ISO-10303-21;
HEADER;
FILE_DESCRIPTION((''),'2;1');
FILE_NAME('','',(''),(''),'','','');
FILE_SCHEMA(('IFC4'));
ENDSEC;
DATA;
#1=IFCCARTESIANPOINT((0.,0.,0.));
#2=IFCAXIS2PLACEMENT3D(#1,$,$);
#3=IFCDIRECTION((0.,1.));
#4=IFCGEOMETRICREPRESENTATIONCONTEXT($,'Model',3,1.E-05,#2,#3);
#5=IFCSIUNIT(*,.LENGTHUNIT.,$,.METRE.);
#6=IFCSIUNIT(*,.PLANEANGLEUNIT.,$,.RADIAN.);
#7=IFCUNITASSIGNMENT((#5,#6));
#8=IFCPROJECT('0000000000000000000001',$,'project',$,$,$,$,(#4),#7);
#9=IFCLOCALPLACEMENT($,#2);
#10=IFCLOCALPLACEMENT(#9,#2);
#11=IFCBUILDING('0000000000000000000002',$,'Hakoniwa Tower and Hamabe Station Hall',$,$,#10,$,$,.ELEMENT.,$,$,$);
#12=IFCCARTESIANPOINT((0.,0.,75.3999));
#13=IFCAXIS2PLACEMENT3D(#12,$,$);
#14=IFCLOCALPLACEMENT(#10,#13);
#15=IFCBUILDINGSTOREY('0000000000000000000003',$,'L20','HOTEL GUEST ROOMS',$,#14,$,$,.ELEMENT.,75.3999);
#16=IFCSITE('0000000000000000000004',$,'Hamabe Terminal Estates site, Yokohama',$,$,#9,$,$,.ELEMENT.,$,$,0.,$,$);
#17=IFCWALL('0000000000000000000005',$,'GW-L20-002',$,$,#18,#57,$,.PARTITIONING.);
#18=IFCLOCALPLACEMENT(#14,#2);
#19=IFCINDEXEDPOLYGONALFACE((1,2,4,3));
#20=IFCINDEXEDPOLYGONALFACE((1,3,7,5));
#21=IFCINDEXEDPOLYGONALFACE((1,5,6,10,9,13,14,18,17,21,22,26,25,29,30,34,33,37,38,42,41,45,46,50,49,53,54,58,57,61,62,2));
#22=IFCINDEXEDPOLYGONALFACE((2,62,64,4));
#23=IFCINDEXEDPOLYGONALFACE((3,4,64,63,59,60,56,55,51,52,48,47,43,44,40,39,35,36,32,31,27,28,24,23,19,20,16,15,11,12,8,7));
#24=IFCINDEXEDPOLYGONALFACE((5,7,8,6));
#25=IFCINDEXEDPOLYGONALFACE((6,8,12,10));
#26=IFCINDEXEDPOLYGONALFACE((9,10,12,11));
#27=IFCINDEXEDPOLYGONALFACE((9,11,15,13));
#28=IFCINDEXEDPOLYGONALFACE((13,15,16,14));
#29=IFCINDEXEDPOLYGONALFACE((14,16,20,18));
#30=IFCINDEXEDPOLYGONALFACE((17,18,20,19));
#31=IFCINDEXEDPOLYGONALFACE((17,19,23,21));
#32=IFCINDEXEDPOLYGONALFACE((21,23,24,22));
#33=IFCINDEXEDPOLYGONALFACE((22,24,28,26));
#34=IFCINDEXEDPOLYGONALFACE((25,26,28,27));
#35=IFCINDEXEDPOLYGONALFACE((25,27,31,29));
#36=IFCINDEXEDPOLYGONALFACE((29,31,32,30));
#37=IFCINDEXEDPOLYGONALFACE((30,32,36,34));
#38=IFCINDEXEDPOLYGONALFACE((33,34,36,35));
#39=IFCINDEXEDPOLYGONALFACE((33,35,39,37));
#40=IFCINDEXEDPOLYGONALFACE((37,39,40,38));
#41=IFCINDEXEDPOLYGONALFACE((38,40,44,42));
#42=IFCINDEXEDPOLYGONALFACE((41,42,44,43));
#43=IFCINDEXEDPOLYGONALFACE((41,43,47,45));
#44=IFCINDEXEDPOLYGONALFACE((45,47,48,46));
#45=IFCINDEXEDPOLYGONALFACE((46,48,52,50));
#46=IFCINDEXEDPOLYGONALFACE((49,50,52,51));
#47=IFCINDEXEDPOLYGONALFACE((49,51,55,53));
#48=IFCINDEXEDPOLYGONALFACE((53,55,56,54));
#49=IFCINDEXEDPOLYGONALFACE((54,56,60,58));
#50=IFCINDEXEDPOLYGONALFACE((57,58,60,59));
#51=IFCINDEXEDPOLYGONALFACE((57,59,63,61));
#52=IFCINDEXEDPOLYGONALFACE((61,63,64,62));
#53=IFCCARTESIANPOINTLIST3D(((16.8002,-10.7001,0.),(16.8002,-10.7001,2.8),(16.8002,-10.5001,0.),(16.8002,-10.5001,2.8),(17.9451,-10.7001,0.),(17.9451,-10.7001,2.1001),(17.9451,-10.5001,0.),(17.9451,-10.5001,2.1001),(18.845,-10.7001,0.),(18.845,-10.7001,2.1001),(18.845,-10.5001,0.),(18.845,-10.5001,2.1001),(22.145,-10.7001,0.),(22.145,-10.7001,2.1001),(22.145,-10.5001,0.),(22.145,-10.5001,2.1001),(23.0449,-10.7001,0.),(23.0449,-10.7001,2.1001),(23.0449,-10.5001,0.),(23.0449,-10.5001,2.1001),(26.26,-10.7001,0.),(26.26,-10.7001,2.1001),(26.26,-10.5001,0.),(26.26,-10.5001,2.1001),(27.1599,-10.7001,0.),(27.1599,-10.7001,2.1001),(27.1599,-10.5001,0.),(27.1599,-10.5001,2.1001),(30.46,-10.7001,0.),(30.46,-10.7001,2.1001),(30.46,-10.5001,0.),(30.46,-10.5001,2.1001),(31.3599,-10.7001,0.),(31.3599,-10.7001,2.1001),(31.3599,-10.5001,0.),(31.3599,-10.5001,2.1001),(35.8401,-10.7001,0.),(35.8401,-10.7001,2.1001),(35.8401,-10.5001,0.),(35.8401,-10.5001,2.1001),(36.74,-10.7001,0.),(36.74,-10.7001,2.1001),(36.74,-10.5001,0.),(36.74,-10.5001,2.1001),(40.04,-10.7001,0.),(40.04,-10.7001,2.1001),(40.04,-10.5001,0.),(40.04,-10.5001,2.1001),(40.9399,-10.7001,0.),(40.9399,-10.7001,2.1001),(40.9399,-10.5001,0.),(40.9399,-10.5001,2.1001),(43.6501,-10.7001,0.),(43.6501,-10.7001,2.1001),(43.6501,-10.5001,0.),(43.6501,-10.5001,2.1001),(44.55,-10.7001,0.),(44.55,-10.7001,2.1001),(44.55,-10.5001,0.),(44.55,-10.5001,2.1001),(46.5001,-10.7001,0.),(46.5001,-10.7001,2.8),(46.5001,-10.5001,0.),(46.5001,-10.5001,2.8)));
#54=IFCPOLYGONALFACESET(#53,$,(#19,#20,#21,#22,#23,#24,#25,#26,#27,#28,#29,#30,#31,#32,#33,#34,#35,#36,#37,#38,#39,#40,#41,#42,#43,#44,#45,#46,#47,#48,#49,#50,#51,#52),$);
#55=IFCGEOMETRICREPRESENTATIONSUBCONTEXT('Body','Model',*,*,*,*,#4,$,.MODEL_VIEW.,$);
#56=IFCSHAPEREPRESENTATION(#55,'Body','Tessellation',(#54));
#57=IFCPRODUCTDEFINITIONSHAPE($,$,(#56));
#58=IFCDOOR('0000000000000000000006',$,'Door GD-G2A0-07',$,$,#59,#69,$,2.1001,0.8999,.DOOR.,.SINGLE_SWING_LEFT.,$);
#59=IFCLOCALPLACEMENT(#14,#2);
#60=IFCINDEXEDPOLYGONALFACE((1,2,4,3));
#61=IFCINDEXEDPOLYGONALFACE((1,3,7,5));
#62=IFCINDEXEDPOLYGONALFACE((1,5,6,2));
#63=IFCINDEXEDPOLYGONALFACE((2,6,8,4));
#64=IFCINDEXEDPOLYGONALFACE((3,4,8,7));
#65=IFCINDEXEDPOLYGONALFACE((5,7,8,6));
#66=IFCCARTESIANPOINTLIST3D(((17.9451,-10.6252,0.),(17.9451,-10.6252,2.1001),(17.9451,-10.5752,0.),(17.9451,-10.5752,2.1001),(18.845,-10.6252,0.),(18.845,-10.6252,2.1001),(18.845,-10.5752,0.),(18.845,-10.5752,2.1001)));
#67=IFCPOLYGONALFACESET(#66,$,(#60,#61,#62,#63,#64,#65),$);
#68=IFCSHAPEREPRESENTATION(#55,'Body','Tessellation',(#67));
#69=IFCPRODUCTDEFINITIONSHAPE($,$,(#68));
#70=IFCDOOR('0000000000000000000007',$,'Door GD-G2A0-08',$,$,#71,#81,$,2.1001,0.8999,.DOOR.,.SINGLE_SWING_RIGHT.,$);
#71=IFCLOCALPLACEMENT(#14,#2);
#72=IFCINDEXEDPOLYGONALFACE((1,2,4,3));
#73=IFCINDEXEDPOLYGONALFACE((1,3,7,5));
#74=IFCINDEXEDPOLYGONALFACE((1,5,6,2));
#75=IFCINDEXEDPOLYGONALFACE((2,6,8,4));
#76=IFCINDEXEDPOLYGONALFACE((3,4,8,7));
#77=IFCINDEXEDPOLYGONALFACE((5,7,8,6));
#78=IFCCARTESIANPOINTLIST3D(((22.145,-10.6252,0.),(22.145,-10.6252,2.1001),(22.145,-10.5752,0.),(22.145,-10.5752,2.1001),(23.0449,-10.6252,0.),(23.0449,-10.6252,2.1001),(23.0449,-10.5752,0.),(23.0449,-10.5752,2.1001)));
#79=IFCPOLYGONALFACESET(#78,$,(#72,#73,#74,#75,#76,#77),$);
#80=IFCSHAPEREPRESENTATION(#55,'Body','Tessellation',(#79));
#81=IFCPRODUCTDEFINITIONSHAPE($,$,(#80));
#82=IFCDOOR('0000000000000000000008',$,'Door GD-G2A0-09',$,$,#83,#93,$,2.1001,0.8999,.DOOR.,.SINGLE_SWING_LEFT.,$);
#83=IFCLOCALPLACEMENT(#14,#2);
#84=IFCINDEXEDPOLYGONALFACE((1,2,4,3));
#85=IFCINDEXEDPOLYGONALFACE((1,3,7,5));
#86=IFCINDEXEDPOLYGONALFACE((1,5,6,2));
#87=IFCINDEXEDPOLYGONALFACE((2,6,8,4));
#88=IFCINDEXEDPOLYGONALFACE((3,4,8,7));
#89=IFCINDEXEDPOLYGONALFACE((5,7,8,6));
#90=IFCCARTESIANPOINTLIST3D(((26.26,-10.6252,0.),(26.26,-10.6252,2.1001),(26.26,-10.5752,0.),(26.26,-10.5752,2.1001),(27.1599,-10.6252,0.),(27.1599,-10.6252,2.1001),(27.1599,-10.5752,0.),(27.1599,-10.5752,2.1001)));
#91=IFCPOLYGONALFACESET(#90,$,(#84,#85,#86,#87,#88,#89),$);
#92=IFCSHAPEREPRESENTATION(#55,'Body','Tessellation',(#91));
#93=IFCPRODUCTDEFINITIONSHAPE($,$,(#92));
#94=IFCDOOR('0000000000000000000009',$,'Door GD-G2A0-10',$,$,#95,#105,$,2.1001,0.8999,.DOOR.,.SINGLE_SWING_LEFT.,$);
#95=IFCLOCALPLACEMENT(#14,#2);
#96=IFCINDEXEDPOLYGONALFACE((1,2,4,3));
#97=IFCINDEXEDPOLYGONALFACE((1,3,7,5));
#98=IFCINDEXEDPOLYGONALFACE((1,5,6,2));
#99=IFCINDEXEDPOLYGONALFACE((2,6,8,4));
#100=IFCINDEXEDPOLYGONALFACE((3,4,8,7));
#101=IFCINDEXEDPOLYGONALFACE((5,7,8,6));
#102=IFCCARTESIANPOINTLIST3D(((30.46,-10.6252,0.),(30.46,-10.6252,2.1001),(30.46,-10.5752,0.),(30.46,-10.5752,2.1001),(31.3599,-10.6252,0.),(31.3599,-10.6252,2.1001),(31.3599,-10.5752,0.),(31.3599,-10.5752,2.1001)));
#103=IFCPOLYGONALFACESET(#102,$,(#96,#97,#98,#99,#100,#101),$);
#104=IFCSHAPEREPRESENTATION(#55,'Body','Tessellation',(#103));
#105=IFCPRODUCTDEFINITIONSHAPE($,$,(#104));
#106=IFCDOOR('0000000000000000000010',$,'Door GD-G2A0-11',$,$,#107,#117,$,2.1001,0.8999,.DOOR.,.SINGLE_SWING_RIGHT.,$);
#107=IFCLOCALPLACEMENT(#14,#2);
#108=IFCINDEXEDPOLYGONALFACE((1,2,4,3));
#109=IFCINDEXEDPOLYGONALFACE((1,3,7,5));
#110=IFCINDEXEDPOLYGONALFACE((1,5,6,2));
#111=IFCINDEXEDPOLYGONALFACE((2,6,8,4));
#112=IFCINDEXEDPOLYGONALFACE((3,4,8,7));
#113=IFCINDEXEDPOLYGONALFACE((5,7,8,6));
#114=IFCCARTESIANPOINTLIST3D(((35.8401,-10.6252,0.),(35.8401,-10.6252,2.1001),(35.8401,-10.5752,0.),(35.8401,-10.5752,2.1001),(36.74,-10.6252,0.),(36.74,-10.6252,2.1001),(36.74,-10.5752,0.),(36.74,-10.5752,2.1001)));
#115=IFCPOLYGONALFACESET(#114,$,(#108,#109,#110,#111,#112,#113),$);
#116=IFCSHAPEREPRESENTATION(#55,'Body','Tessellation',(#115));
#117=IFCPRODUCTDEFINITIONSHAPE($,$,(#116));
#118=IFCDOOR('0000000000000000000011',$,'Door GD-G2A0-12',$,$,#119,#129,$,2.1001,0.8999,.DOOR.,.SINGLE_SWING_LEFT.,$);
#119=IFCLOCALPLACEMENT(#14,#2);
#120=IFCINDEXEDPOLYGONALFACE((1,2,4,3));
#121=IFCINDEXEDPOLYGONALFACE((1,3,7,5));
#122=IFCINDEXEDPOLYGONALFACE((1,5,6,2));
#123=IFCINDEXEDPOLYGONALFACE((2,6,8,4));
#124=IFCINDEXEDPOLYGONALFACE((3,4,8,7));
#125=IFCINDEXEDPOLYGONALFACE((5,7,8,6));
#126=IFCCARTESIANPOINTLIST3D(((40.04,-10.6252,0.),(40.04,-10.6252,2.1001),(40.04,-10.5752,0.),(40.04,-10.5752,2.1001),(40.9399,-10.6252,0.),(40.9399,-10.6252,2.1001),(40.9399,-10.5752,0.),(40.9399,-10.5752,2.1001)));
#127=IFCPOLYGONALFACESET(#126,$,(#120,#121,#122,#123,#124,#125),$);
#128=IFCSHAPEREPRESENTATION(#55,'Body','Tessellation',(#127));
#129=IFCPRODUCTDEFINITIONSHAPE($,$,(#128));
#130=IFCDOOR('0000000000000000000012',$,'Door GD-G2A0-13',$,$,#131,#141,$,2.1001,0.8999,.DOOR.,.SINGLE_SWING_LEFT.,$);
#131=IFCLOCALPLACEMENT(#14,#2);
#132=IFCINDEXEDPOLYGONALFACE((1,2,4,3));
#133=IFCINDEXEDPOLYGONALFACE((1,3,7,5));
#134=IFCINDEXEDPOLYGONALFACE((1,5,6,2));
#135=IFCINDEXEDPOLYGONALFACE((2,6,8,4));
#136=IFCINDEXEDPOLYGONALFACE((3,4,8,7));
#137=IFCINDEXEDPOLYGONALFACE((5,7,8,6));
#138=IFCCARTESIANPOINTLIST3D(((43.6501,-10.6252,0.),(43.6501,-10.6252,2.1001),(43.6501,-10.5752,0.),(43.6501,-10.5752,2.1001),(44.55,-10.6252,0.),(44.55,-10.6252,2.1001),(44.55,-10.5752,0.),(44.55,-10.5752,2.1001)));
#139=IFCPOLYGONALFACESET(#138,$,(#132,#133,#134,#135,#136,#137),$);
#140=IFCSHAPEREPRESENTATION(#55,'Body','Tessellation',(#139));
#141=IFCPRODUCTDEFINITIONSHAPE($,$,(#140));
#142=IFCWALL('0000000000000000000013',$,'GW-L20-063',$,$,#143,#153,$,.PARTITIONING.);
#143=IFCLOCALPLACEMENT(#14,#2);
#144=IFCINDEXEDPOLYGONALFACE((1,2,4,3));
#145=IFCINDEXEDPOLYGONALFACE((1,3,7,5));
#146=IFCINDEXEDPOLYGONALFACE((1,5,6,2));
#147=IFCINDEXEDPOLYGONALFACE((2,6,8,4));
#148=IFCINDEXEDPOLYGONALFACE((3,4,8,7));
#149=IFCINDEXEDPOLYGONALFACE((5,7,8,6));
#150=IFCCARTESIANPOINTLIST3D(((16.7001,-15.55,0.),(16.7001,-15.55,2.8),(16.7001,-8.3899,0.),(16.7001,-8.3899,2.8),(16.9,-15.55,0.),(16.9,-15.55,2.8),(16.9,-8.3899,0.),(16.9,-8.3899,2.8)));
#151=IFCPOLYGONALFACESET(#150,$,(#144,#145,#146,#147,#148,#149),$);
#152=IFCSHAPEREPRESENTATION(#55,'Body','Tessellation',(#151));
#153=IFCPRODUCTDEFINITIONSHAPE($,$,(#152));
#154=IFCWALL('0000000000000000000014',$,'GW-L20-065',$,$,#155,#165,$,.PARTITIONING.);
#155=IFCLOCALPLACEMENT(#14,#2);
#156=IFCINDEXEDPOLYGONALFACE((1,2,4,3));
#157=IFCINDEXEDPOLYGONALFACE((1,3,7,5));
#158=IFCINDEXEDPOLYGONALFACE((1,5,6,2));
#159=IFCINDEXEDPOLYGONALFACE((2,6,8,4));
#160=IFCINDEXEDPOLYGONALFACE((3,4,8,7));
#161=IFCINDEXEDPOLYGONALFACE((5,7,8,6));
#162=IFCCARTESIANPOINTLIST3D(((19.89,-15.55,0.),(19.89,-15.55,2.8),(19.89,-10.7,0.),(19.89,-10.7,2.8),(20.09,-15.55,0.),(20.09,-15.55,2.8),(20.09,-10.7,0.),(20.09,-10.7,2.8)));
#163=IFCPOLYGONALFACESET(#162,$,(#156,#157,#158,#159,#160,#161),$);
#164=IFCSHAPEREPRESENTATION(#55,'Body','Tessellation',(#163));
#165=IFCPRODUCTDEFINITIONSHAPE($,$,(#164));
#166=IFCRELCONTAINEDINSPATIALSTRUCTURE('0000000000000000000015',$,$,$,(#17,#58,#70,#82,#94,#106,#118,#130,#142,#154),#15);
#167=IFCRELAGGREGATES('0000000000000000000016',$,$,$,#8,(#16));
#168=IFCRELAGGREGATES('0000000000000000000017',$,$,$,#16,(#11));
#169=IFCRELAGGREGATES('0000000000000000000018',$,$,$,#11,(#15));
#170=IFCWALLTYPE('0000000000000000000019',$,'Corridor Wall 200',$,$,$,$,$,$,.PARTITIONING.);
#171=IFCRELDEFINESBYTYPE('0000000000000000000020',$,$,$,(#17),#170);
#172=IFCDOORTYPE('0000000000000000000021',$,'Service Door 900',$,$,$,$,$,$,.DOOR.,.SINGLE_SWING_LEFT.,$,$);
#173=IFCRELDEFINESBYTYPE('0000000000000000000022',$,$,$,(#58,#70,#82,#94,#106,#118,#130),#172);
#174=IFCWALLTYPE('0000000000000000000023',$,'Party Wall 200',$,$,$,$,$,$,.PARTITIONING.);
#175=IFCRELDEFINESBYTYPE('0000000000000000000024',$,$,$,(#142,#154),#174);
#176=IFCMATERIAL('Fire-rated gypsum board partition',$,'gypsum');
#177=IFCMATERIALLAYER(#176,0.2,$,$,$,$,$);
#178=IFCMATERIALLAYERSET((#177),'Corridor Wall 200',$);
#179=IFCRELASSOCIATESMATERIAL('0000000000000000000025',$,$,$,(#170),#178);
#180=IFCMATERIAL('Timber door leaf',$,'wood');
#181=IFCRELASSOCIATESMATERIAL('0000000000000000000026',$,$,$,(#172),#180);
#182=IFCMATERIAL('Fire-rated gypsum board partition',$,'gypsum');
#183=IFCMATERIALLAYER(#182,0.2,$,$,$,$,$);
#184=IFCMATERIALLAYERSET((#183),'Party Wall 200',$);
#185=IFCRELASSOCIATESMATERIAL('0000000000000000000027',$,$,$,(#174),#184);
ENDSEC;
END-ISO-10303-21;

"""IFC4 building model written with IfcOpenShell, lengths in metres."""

from ifc_helpers import new_model, si_unit, direction, frame, frame_2d, origin, place, context, subcontext, project, spatial, rectangle, extrude, material, layer, layer_set, type_object, element, fill, save


model = new_model("IFC4")

# Units and contexts
model_context = context("Model", 3, precision=1e-05, world=origin(), true_north=direction((0.0, 1.0)))
body_context = subcontext(model_context, "Body", "Model", "MODEL_VIEW")
ifc_project = project(units=[si_unit("LENGTHUNIT", "METRE"), si_unit("PLANEANGLEUNIT", "RADIAN")], contexts=[model_context])

# Site, building, storey
site_placement = place(None, origin())
site = spatial("IfcSite", under=ifc_project, at=site_placement, Name="Hamabe Terminal Estates site, Yokohama", CompositionType="ELEMENT", RefElevation=0.0)
building_placement = place(site_placement, origin())
building = spatial("IfcBuilding", under=site, at=building_placement, Name="Hakoniwa Tower and Hamabe Station Hall", CompositionType="ELEMENT")
storey_placement = place(building_placement, frame((0.0, 0.0, 75.3999)))
storey = spatial("IfcBuildingStorey", under=building, at=storey_placement, Name="L20", Description="HOTEL GUEST ROOMS", CompositionType="ELEMENT", Elevation=75.3999)

# Wall, openings, doors
ifc_material_1 = material(Name="Fire-rated gypsum board partition", Category="gypsum")
ifc_layer_1 = layer(ifc_material_1, 0.2)
ifc_layer_set_1 = layer_set([ifc_layer_1], Name="Corridor Wall 200")
wall_type_1 = type_object("IfcWallType", Name="Corridor Wall 200", PredefinedType="PARTITIONING", material=ifc_layer_set_1)
wall_1_placement = place(storey_placement, frame((16.8, -10.6001, 0.0), z_axis=(0.0, 0.0, 1.0), x_axis=(1.0, 0.0, 0.0)))
wall_1 = element("IfcWall", 1, at=wall_1_placement, inside=storey, type_object=wall_type_1, Name="GW-L20-002", PredefinedType="PARTITIONING", context=body_context, shape_type="SweptSolid", body=[
    extrude(rectangle(XDim=29.7, YDim=0.2, at=frame_2d((14.8501, 0.0))), origin(), (0.0, 0.0, 1.0), 2.8),
])
opening_1_placement = place(wall_1_placement, frame((1.145, 0.0, 0.0)))
opening_1 = element("IfcOpeningElement", 2, at=opening_1_placement, cuts=wall_1, PredefinedType="OPENING", context=body_context, shape_type="SweptSolid", body=[
    extrude(rectangle(XDim=0.8999, YDim=2.1001, at=frame_2d((0.45, 1.05))), frame((0.0, 0.1099, 0.0), z_axis=(0.0, -1.0, 0.0), x_axis=(1.0, 0.0, 0.0)), (0.0, 0.0, 1.0), 0.22),
])
opening_2_placement = place(wall_1_placement, frame((5.345, 0.0, 0.0)))
opening_2 = element("IfcOpeningElement", 3, at=opening_2_placement, cuts=wall_1, PredefinedType="OPENING", context=body_context, shape_type="SweptSolid", body=[
    extrude(rectangle(XDim=0.8999, YDim=2.1001, at=frame_2d((0.45, 1.05))), frame((0.0, 0.1099, 0.0), z_axis=(0.0, -1.0, 0.0), x_axis=(1.0, 0.0, 0.0)), (0.0, 0.0, 1.0), 0.22),
])
opening_3_placement = place(wall_1_placement, frame((9.46, 0.0, 0.0)))
opening_3 = element("IfcOpeningElement", 4, at=opening_3_placement, cuts=wall_1, PredefinedType="OPENING", context=body_context, shape_type="SweptSolid", body=[
    extrude(rectangle(XDim=0.8999, YDim=2.1001, at=frame_2d((0.45, 1.05))), frame((0.0, 0.1099, 0.0), z_axis=(0.0, -1.0, 0.0), x_axis=(1.0, 0.0, 0.0)), (0.0, 0.0, 1.0), 0.22),
])
opening_4_placement = place(wall_1_placement, frame((13.6599, 0.0, 0.0)))
opening_4 = element("IfcOpeningElement", 5, at=opening_4_placement, cuts=wall_1, PredefinedType="OPENING", context=body_context, shape_type="SweptSolid", body=[
    extrude(rectangle(XDim=0.8999, YDim=2.1001, at=frame_2d((0.45, 1.05))), frame((0.0, 0.1099, 0.0), z_axis=(0.0, -1.0, 0.0), x_axis=(1.0, 0.0, 0.0)), (0.0, 0.0, 1.0), 0.22),
])
opening_5_placement = place(wall_1_placement, frame((19.04, 0.0, 0.0)))
opening_5 = element("IfcOpeningElement", 6, at=opening_5_placement, cuts=wall_1, PredefinedType="OPENING", context=body_context, shape_type="SweptSolid", body=[
    extrude(rectangle(XDim=0.8999, YDim=2.1001, at=frame_2d((0.45, 1.05))), frame((0.0, 0.1099, 0.0), z_axis=(0.0, -1.0, 0.0), x_axis=(1.0, 0.0, 0.0)), (0.0, 0.0, 1.0), 0.22),
])
opening_6_placement = place(wall_1_placement, frame((23.24, 0.0, 0.0)))
opening_6 = element("IfcOpeningElement", 7, at=opening_6_placement, cuts=wall_1, PredefinedType="OPENING", context=body_context, shape_type="SweptSolid", body=[
    extrude(rectangle(XDim=0.8999, YDim=2.1001, at=frame_2d((0.45, 1.05))), frame((0.0, 0.1099, 0.0), z_axis=(0.0, -1.0, 0.0), x_axis=(1.0, 0.0, 0.0)), (0.0, 0.0, 1.0), 0.22),
])
opening_7_placement = place(wall_1_placement, frame((26.8501, 0.0, 0.0)))
opening_7 = element("IfcOpeningElement", 8, at=opening_7_placement, cuts=wall_1, PredefinedType="OPENING", context=body_context, shape_type="SweptSolid", body=[
    extrude(rectangle(XDim=0.8999, YDim=2.1001, at=frame_2d((0.45, 1.05))), frame((0.0, 0.1099, 0.0), z_axis=(0.0, -1.0, 0.0), x_axis=(1.0, 0.0, 0.0)), (0.0, 0.0, 1.0), 0.22),
])
ifc_material_2 = material(Name="Timber door leaf", Category="wood")
door_type_1 = type_object("IfcDoorType", Name="Service Door 900", OperationType="SINGLE_SWING_LEFT", PredefinedType="DOOR", material=ifc_material_2)
door_1_placement = place(opening_1_placement, origin())
door_1 = element("IfcDoor", 9, at=door_1_placement, inside=storey, type_object=door_type_1, Name="Door GD-G2A0-07", OperationType="SINGLE_SWING_LEFT", OverallHeight=2.1001, OverallWidth=0.8999, PredefinedType="DOOR", context=body_context, shape_type="SweptSolid", body=[
    extrude(rectangle(XDim=0.8999, YDim=2.1001, at=frame_2d((0.45, 1.05))), frame((0.0, 0.0249, 0.0), z_axis=(0.0, -1.0, 0.0), x_axis=(1.0, 0.0, 0.0)), (0.0, 0.0, 1.0), 0.05),
])
fill(opening_1, door_1)
door_2_placement = place(opening_2_placement, origin())
door_2 = element("IfcDoor", 10, at=door_2_placement, inside=storey, type_object=door_type_1, Name="Door GD-G2A0-08", OperationType="SINGLE_SWING_RIGHT", OverallHeight=2.1001, OverallWidth=0.8999, PredefinedType="DOOR", context=body_context, shape_type="SweptSolid", body=[
    extrude(rectangle(XDim=0.8999, YDim=2.1001, at=frame_2d((0.45, 1.05))), frame((0.0, 0.0249, 0.0), z_axis=(0.0, -1.0, 0.0), x_axis=(1.0, 0.0, 0.0)), (0.0, 0.0, 1.0), 0.05),
])
fill(opening_2, door_2)
door_3_placement = place(opening_3_placement, origin())
door_3 = element("IfcDoor", 11, at=door_3_placement, inside=storey, type_object=door_type_1, Name="Door GD-G2A0-09", OperationType="SINGLE_SWING_LEFT", OverallHeight=2.1001, OverallWidth=0.8999, PredefinedType="DOOR", context=body_context, shape_type="SweptSolid", body=[
    extrude(rectangle(XDim=0.8999, YDim=2.1001, at=frame_2d((0.45, 1.05))), frame((0.0, 0.0249, 0.0), z_axis=(0.0, -1.0, 0.0), x_axis=(1.0, 0.0, 0.0)), (0.0, 0.0, 1.0), 0.05),
])
fill(opening_3, door_3)
door_4_placement = place(opening_4_placement, origin())
door_4 = element("IfcDoor", 12, at=door_4_placement, inside=storey, type_object=door_type_1, Name="Door GD-G2A0-10", OperationType="SINGLE_SWING_LEFT", OverallHeight=2.1001, OverallWidth=0.8999, PredefinedType="DOOR", context=body_context, shape_type="SweptSolid", body=[
    extrude(rectangle(XDim=0.8999, YDim=2.1001, at=frame_2d((0.45, 1.05))), frame((0.0, 0.0249, 0.0), z_axis=(0.0, -1.0, 0.0), x_axis=(1.0, 0.0, 0.0)), (0.0, 0.0, 1.0), 0.05),
])
fill(opening_4, door_4)
door_5_placement = place(opening_5_placement, origin())
door_5 = element("IfcDoor", 13, at=door_5_placement, inside=storey, type_object=door_type_1, Name="Door GD-G2A0-11", OperationType="SINGLE_SWING_RIGHT", OverallHeight=2.1001, OverallWidth=0.8999, PredefinedType="DOOR", context=body_context, shape_type="SweptSolid", body=[
    extrude(rectangle(XDim=0.8999, YDim=2.1001, at=frame_2d((0.45, 1.05))), frame((0.0, 0.0249, 0.0), z_axis=(0.0, -1.0, 0.0), x_axis=(1.0, 0.0, 0.0)), (0.0, 0.0, 1.0), 0.05),
])
fill(opening_5, door_5)
door_6_placement = place(opening_6_placement, origin())
door_6 = element("IfcDoor", 14, at=door_6_placement, inside=storey, type_object=door_type_1, Name="Door GD-G2A0-12", OperationType="SINGLE_SWING_LEFT", OverallHeight=2.1001, OverallWidth=0.8999, PredefinedType="DOOR", context=body_context, shape_type="SweptSolid", body=[
    extrude(rectangle(XDim=0.8999, YDim=2.1001, at=frame_2d((0.45, 1.05))), frame((0.0, 0.0249, 0.0), z_axis=(0.0, -1.0, 0.0), x_axis=(1.0, 0.0, 0.0)), (0.0, 0.0, 1.0), 0.05),
])
fill(opening_6, door_6)
door_7_placement = place(opening_7_placement, origin())
door_7 = element("IfcDoor", 15, at=door_7_placement, inside=storey, type_object=door_type_1, Name="Door GD-G2A0-13", OperationType="SINGLE_SWING_LEFT", OverallHeight=2.1001, OverallWidth=0.8999, PredefinedType="DOOR", context=body_context, shape_type="SweptSolid", body=[
    extrude(rectangle(XDim=0.8999, YDim=2.1001, at=frame_2d((0.45, 1.05))), frame((0.0, 0.0249, 0.0), z_axis=(0.0, -1.0, 0.0), x_axis=(1.0, 0.0, 0.0)), (0.0, 0.0, 1.0), 0.05),
])
fill(opening_7, door_7)

# Walls
ifc_material_3 = material(Name="Fire-rated gypsum board partition", Category="gypsum")
ifc_layer_2 = layer(ifc_material_3, 0.2)
ifc_layer_set_2 = layer_set([ifc_layer_2], Name="Party Wall 200")
wall_type_2 = type_object("IfcWallType", Name="Party Wall 200", PredefinedType="PARTITIONING", material=ifc_layer_set_2)
wall_2_placement = place(storey_placement, frame((16.8, -15.55, 0.0), z_axis=(0.0, 0.0, 1.0), x_axis=(0.0, 1.0, 0.0)))
element("IfcWall", 16, at=wall_2_placement, inside=storey, type_object=wall_type_2, Name="GW-L20-063", PredefinedType="PARTITIONING", context=body_context, shape_type="SweptSolid", body=[
    extrude(rectangle(XDim=7.1602, YDim=0.2, at=frame_2d((3.5801, 0.0))), origin(), (0.0, 0.0, 1.0), 2.8),
])
wall_3_placement = place(storey_placement, frame((19.99, -15.55, 0.0), z_axis=(0.0, 0.0, 1.0), x_axis=(0.0, 1.0, 0.0)))
element("IfcWall", 17, at=wall_3_placement, inside=storey, type_object=wall_type_2, Name="GW-L20-065", PredefinedType="PARTITIONING", context=body_context, shape_type="SweptSolid", body=[
    extrude(rectangle(XDim=4.8501, YDim=0.2, at=frame_2d((2.425, 0.0))), origin(), (0.0, 0.0, 1.0), 2.8),
])

save(model, "model.ifc")
